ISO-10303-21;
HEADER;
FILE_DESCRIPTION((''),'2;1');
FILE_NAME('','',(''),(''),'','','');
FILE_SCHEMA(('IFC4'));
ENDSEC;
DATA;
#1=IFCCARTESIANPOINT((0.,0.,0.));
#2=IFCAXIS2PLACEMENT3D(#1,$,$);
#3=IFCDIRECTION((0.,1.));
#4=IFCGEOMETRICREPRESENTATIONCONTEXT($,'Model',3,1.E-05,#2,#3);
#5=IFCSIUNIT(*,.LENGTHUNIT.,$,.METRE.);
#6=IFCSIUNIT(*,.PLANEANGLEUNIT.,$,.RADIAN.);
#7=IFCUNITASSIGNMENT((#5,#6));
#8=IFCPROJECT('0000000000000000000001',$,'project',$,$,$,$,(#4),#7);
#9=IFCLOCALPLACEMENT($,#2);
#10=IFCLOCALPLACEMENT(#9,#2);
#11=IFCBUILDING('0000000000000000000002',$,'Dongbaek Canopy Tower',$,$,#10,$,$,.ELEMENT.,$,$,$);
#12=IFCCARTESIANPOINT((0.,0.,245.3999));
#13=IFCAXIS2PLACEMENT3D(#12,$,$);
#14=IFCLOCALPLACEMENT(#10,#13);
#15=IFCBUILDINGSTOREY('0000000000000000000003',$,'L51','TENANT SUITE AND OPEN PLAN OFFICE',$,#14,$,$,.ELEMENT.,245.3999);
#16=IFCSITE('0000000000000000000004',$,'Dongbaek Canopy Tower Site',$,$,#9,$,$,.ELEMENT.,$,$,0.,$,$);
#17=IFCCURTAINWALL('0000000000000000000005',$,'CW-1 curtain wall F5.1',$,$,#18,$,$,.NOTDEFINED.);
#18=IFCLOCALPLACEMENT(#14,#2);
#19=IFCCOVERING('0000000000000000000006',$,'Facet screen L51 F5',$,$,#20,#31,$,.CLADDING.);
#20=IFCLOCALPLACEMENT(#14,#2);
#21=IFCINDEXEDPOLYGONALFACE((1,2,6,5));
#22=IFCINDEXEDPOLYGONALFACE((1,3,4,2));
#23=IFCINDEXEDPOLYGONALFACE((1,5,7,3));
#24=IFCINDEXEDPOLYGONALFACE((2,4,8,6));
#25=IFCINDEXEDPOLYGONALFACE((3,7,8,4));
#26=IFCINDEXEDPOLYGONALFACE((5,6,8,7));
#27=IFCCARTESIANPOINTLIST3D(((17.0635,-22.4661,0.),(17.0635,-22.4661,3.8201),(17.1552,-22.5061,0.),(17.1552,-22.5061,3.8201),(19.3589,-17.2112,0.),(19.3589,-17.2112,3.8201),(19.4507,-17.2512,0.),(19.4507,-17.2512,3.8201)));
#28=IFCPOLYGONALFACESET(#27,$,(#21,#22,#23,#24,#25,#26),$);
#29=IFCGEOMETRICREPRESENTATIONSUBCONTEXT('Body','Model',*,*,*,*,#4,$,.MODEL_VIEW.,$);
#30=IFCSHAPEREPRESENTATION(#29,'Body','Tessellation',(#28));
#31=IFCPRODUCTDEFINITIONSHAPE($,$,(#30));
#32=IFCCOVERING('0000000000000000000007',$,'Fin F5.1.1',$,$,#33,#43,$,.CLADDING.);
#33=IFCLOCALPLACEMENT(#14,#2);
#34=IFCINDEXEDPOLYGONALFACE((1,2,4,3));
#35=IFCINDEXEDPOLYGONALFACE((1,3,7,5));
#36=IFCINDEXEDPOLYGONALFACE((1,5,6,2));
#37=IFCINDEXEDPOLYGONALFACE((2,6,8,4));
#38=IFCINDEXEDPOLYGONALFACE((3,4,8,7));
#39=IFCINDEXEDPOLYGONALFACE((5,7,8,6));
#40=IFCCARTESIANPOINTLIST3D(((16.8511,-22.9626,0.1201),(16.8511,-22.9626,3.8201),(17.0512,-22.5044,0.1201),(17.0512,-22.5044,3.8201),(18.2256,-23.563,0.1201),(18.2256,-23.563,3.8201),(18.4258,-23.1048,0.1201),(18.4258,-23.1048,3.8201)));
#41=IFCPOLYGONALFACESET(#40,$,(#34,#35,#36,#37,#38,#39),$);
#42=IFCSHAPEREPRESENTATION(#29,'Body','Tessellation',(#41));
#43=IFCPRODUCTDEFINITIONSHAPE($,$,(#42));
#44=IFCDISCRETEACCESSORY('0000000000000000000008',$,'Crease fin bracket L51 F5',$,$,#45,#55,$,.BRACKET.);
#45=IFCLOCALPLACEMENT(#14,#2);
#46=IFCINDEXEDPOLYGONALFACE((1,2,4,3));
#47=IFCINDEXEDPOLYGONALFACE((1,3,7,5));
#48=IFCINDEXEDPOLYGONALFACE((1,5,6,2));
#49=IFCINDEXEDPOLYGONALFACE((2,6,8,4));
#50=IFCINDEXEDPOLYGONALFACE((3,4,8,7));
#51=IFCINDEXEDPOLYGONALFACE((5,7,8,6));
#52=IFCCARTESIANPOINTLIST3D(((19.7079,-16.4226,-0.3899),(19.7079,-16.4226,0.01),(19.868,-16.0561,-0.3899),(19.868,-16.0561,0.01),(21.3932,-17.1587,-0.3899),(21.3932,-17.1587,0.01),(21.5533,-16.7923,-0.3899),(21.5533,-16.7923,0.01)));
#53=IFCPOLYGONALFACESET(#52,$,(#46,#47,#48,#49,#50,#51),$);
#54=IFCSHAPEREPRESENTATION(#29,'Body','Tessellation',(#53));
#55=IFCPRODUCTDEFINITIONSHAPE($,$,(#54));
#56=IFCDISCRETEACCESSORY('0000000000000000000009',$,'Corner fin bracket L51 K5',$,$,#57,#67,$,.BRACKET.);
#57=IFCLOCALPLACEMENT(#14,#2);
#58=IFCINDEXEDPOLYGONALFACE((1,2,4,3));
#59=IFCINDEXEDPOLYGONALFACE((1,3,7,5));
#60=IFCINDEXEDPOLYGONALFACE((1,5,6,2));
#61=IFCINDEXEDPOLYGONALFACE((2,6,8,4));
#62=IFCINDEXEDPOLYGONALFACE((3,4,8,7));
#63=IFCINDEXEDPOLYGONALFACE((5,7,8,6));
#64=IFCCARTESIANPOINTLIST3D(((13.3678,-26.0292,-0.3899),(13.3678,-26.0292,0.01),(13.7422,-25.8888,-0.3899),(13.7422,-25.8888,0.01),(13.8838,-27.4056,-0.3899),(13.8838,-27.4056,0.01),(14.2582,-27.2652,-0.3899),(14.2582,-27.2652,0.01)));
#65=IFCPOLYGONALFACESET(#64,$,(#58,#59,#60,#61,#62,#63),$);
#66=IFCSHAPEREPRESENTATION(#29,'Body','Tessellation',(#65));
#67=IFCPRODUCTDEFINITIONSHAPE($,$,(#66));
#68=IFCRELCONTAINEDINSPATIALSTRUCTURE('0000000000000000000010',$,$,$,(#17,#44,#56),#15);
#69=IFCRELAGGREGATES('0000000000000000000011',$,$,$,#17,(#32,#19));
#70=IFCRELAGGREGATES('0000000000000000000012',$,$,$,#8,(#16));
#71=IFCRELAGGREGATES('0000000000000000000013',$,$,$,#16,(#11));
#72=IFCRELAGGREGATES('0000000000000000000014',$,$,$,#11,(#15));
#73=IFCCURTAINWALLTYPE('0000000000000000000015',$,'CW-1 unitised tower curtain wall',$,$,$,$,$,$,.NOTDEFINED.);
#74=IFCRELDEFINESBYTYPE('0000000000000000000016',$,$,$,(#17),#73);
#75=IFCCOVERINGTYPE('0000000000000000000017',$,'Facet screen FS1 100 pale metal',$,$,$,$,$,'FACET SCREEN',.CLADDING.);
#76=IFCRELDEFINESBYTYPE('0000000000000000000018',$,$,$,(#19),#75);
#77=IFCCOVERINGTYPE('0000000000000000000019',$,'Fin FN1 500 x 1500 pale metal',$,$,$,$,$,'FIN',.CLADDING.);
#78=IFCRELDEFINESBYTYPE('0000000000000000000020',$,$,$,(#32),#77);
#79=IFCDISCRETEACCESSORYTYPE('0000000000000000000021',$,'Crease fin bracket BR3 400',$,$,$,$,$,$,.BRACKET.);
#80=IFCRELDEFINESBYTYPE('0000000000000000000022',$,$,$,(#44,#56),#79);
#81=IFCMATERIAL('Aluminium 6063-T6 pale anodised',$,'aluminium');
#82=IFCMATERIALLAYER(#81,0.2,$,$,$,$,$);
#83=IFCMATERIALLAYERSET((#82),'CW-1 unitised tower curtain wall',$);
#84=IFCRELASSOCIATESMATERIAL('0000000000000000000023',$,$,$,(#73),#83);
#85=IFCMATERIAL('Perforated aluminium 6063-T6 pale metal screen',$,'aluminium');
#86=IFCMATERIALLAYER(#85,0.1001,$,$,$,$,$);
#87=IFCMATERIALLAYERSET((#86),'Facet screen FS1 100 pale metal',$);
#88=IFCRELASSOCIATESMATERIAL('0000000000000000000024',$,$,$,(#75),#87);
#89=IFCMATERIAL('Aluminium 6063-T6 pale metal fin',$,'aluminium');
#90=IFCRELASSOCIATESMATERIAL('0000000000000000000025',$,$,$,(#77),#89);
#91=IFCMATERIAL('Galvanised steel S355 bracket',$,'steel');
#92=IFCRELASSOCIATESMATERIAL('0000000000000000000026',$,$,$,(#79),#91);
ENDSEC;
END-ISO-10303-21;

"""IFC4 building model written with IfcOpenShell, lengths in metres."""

from ifc_helpers import new_model, si_unit, direction, frame, origin, origin_2d, place, context, subcontext, project, spatial, rectangle, extrude, material, layer, layer_set, material_profile, profile_set, type_object, element, aggregate, save


model = new_model("IFC4")

# Units and contexts
model_context = context("Model", 3, precision=1e-05, world=origin(), true_north=direction((0.0, 1.0)))
body_context = subcontext(model_context, "Body", "Model", "MODEL_VIEW")
ifc_project = project(units=[si_unit("LENGTHUNIT", "METRE"), si_unit("PLANEANGLEUNIT", "RADIAN")], contexts=[model_context])

# Site, building, storey
site_placement = place(None, origin())
site = spatial("IfcSite", under=ifc_project, at=site_placement, Name="Dongbaek Canopy Tower Site", CompositionType="ELEMENT", RefElevation=0.0)
building_placement = place(site_placement, origin())
building = spatial("IfcBuilding", under=site, at=building_placement, Name="Dongbaek Canopy Tower", CompositionType="ELEMENT")
storey_placement = place(building_placement, frame((0.0, 0.0, 245.3999)))
storey = spatial("IfcBuildingStorey", under=building, at=storey_placement, Name="L51", Description="TENANT SUITE AND OPEN PLAN OFFICE", CompositionType="ELEMENT", Elevation=245.3999)

# Curtain wall
ifc_material_1 = material(Name="Aluminium 6063-T6 pale anodised", Category="aluminium")
ifc_layer_1 = layer(ifc_material_1, 0.2)
ifc_layer_set_1 = layer_set([ifc_layer_1], Name="CW-1 unitised tower curtain wall")
curtain_wall_type = type_object("IfcCurtainWallType", Name="CW-1 unitised tower curtain wall", PredefinedType="NOTDEFINED", material=ifc_layer_set_1)
curtain_wall_1_placement = place(storey_placement, origin())
curtain_wall_1 = element("IfcCurtainWall", 1, at=curtain_wall_1_placement, inside=storey, type_object=curtain_wall_type, Name="CW-1 curtain wall F5.1", PredefinedType="NOTDEFINED")

# Coverings
ifc_material_2 = material(Name="Perforated aluminium 6063-T6 pale metal screen", Category="aluminium")
ifc_layer_2 = layer(ifc_material_2, 0.1001)
ifc_layer_set_2 = layer_set([ifc_layer_2], Name="Facet screen FS1 100 pale metal")
covering_type_1 = type_object("IfcCoveringType", Name="Facet screen FS1 100 pale metal", ElementType="FACET SCREEN", PredefinedType="CLADDING", material=ifc_layer_set_2)
covering_1_placement = place(storey_placement, frame((18.2571, -19.8586, 0.0), z_axis=(0.0, 0.0, 1.0), x_axis=(0.400295, 0.916386, 0.0)))
covering_1 = element("IfcCovering", 2, at=covering_1_placement, type_object=covering_type_1, Name="Facet screen L51 F5", PredefinedType="CLADDING", context=body_context, shape_type="SweptSolid", body=[
    extrude(rectangle(XDim=5.7344, YDim=0.1001, at=origin_2d()), origin(), (0.0, 0.0, 1.0), 3.8201),
])
ifc_material_3 = material(Name="Aluminium 6063-T6 pale metal fin", Category="aluminium")
ifc_material_profile_1 = material_profile(ifc_material_3, rectangle(XDim=1.5, YDim=0.5, at=origin_2d()), Name="Fin FN1 500 x 1500 pale metal")
ifc_profile_set_1 = profile_set([ifc_material_profile_1], Name="Aluminium 6063-T6 pale metal fin")
covering_type_2 = type_object("IfcCoveringType", Name="Fin FN1 500 x 1500 pale metal", ElementType="FIN", PredefinedType="CLADDING", material=ifc_profile_set_1)
covering_2_placement = place(storey_placement, frame((17.6384, -23.0337, 0.1201), z_axis=(0.0, 0.0, 1.0), x_axis=(0.916386, -0.400295, 0.0)))
covering_2 = element("IfcCovering", 3, at=covering_2_placement, type_object=covering_type_2, Name="Fin F5.1.1", PredefinedType="CLADDING", context=body_context, shape_type="SweptSolid", body=[
    extrude(rectangle(XDim=1.5, YDim=0.5, at=origin_2d()), origin(), (0.0, 0.0, 1.0), 3.7),
])
aggregate(curtain_wall_1, [covering_2, covering_1])

# Discrete accessories
ifc_material_4 = material(Name="Galvanised steel S355 bracket", Category="steel")
discrete_accessory_type = type_object("IfcDiscreteAccessoryType", Name="Crease fin bracket BR3 400", PredefinedType="BRACKET", material=ifc_material_4)
discrete_accessory_1_placement = place(storey_placement, frame((20.6306, -16.6074, -0.3899), z_axis=(0.0, 0.0, 1.0), x_axis=(0.916386, -0.400295, 0.0)))
element("IfcDiscreteAccessory", 4, at=discrete_accessory_1_placement, inside=storey, type_object=discrete_accessory_type, Name="Crease fin bracket L51 F5", PredefinedType="BRACKET", context=body_context, shape_type="SweptSolid", body=[
    extrude(rectangle(XDim=1.8391, YDim=0.3999, at=origin_2d()), origin(), (0.0, 0.0, 1.0), 0.3999),
])
discrete_accessory_2_placement = place(storey_placement, frame((13.813, -26.6472, -0.3899), z_axis=(0.0, 0.0, 1.0), x_axis=(0.351016, -0.936369, 0.0)))
element("IfcDiscreteAccessory", 5, at=discrete_accessory_2_placement, inside=storey, type_object=discrete_accessory_type, Name="Corner fin bracket L51 K5", PredefinedType="BRACKET", context=body_context, shape_type="SweptSolid", body=[
    extrude(rectangle(XDim=1.47, YDim=0.3999, at=origin_2d()), origin(), (0.0, 0.0, 1.0), 0.3999),
])

save(model, "model.ifc")
